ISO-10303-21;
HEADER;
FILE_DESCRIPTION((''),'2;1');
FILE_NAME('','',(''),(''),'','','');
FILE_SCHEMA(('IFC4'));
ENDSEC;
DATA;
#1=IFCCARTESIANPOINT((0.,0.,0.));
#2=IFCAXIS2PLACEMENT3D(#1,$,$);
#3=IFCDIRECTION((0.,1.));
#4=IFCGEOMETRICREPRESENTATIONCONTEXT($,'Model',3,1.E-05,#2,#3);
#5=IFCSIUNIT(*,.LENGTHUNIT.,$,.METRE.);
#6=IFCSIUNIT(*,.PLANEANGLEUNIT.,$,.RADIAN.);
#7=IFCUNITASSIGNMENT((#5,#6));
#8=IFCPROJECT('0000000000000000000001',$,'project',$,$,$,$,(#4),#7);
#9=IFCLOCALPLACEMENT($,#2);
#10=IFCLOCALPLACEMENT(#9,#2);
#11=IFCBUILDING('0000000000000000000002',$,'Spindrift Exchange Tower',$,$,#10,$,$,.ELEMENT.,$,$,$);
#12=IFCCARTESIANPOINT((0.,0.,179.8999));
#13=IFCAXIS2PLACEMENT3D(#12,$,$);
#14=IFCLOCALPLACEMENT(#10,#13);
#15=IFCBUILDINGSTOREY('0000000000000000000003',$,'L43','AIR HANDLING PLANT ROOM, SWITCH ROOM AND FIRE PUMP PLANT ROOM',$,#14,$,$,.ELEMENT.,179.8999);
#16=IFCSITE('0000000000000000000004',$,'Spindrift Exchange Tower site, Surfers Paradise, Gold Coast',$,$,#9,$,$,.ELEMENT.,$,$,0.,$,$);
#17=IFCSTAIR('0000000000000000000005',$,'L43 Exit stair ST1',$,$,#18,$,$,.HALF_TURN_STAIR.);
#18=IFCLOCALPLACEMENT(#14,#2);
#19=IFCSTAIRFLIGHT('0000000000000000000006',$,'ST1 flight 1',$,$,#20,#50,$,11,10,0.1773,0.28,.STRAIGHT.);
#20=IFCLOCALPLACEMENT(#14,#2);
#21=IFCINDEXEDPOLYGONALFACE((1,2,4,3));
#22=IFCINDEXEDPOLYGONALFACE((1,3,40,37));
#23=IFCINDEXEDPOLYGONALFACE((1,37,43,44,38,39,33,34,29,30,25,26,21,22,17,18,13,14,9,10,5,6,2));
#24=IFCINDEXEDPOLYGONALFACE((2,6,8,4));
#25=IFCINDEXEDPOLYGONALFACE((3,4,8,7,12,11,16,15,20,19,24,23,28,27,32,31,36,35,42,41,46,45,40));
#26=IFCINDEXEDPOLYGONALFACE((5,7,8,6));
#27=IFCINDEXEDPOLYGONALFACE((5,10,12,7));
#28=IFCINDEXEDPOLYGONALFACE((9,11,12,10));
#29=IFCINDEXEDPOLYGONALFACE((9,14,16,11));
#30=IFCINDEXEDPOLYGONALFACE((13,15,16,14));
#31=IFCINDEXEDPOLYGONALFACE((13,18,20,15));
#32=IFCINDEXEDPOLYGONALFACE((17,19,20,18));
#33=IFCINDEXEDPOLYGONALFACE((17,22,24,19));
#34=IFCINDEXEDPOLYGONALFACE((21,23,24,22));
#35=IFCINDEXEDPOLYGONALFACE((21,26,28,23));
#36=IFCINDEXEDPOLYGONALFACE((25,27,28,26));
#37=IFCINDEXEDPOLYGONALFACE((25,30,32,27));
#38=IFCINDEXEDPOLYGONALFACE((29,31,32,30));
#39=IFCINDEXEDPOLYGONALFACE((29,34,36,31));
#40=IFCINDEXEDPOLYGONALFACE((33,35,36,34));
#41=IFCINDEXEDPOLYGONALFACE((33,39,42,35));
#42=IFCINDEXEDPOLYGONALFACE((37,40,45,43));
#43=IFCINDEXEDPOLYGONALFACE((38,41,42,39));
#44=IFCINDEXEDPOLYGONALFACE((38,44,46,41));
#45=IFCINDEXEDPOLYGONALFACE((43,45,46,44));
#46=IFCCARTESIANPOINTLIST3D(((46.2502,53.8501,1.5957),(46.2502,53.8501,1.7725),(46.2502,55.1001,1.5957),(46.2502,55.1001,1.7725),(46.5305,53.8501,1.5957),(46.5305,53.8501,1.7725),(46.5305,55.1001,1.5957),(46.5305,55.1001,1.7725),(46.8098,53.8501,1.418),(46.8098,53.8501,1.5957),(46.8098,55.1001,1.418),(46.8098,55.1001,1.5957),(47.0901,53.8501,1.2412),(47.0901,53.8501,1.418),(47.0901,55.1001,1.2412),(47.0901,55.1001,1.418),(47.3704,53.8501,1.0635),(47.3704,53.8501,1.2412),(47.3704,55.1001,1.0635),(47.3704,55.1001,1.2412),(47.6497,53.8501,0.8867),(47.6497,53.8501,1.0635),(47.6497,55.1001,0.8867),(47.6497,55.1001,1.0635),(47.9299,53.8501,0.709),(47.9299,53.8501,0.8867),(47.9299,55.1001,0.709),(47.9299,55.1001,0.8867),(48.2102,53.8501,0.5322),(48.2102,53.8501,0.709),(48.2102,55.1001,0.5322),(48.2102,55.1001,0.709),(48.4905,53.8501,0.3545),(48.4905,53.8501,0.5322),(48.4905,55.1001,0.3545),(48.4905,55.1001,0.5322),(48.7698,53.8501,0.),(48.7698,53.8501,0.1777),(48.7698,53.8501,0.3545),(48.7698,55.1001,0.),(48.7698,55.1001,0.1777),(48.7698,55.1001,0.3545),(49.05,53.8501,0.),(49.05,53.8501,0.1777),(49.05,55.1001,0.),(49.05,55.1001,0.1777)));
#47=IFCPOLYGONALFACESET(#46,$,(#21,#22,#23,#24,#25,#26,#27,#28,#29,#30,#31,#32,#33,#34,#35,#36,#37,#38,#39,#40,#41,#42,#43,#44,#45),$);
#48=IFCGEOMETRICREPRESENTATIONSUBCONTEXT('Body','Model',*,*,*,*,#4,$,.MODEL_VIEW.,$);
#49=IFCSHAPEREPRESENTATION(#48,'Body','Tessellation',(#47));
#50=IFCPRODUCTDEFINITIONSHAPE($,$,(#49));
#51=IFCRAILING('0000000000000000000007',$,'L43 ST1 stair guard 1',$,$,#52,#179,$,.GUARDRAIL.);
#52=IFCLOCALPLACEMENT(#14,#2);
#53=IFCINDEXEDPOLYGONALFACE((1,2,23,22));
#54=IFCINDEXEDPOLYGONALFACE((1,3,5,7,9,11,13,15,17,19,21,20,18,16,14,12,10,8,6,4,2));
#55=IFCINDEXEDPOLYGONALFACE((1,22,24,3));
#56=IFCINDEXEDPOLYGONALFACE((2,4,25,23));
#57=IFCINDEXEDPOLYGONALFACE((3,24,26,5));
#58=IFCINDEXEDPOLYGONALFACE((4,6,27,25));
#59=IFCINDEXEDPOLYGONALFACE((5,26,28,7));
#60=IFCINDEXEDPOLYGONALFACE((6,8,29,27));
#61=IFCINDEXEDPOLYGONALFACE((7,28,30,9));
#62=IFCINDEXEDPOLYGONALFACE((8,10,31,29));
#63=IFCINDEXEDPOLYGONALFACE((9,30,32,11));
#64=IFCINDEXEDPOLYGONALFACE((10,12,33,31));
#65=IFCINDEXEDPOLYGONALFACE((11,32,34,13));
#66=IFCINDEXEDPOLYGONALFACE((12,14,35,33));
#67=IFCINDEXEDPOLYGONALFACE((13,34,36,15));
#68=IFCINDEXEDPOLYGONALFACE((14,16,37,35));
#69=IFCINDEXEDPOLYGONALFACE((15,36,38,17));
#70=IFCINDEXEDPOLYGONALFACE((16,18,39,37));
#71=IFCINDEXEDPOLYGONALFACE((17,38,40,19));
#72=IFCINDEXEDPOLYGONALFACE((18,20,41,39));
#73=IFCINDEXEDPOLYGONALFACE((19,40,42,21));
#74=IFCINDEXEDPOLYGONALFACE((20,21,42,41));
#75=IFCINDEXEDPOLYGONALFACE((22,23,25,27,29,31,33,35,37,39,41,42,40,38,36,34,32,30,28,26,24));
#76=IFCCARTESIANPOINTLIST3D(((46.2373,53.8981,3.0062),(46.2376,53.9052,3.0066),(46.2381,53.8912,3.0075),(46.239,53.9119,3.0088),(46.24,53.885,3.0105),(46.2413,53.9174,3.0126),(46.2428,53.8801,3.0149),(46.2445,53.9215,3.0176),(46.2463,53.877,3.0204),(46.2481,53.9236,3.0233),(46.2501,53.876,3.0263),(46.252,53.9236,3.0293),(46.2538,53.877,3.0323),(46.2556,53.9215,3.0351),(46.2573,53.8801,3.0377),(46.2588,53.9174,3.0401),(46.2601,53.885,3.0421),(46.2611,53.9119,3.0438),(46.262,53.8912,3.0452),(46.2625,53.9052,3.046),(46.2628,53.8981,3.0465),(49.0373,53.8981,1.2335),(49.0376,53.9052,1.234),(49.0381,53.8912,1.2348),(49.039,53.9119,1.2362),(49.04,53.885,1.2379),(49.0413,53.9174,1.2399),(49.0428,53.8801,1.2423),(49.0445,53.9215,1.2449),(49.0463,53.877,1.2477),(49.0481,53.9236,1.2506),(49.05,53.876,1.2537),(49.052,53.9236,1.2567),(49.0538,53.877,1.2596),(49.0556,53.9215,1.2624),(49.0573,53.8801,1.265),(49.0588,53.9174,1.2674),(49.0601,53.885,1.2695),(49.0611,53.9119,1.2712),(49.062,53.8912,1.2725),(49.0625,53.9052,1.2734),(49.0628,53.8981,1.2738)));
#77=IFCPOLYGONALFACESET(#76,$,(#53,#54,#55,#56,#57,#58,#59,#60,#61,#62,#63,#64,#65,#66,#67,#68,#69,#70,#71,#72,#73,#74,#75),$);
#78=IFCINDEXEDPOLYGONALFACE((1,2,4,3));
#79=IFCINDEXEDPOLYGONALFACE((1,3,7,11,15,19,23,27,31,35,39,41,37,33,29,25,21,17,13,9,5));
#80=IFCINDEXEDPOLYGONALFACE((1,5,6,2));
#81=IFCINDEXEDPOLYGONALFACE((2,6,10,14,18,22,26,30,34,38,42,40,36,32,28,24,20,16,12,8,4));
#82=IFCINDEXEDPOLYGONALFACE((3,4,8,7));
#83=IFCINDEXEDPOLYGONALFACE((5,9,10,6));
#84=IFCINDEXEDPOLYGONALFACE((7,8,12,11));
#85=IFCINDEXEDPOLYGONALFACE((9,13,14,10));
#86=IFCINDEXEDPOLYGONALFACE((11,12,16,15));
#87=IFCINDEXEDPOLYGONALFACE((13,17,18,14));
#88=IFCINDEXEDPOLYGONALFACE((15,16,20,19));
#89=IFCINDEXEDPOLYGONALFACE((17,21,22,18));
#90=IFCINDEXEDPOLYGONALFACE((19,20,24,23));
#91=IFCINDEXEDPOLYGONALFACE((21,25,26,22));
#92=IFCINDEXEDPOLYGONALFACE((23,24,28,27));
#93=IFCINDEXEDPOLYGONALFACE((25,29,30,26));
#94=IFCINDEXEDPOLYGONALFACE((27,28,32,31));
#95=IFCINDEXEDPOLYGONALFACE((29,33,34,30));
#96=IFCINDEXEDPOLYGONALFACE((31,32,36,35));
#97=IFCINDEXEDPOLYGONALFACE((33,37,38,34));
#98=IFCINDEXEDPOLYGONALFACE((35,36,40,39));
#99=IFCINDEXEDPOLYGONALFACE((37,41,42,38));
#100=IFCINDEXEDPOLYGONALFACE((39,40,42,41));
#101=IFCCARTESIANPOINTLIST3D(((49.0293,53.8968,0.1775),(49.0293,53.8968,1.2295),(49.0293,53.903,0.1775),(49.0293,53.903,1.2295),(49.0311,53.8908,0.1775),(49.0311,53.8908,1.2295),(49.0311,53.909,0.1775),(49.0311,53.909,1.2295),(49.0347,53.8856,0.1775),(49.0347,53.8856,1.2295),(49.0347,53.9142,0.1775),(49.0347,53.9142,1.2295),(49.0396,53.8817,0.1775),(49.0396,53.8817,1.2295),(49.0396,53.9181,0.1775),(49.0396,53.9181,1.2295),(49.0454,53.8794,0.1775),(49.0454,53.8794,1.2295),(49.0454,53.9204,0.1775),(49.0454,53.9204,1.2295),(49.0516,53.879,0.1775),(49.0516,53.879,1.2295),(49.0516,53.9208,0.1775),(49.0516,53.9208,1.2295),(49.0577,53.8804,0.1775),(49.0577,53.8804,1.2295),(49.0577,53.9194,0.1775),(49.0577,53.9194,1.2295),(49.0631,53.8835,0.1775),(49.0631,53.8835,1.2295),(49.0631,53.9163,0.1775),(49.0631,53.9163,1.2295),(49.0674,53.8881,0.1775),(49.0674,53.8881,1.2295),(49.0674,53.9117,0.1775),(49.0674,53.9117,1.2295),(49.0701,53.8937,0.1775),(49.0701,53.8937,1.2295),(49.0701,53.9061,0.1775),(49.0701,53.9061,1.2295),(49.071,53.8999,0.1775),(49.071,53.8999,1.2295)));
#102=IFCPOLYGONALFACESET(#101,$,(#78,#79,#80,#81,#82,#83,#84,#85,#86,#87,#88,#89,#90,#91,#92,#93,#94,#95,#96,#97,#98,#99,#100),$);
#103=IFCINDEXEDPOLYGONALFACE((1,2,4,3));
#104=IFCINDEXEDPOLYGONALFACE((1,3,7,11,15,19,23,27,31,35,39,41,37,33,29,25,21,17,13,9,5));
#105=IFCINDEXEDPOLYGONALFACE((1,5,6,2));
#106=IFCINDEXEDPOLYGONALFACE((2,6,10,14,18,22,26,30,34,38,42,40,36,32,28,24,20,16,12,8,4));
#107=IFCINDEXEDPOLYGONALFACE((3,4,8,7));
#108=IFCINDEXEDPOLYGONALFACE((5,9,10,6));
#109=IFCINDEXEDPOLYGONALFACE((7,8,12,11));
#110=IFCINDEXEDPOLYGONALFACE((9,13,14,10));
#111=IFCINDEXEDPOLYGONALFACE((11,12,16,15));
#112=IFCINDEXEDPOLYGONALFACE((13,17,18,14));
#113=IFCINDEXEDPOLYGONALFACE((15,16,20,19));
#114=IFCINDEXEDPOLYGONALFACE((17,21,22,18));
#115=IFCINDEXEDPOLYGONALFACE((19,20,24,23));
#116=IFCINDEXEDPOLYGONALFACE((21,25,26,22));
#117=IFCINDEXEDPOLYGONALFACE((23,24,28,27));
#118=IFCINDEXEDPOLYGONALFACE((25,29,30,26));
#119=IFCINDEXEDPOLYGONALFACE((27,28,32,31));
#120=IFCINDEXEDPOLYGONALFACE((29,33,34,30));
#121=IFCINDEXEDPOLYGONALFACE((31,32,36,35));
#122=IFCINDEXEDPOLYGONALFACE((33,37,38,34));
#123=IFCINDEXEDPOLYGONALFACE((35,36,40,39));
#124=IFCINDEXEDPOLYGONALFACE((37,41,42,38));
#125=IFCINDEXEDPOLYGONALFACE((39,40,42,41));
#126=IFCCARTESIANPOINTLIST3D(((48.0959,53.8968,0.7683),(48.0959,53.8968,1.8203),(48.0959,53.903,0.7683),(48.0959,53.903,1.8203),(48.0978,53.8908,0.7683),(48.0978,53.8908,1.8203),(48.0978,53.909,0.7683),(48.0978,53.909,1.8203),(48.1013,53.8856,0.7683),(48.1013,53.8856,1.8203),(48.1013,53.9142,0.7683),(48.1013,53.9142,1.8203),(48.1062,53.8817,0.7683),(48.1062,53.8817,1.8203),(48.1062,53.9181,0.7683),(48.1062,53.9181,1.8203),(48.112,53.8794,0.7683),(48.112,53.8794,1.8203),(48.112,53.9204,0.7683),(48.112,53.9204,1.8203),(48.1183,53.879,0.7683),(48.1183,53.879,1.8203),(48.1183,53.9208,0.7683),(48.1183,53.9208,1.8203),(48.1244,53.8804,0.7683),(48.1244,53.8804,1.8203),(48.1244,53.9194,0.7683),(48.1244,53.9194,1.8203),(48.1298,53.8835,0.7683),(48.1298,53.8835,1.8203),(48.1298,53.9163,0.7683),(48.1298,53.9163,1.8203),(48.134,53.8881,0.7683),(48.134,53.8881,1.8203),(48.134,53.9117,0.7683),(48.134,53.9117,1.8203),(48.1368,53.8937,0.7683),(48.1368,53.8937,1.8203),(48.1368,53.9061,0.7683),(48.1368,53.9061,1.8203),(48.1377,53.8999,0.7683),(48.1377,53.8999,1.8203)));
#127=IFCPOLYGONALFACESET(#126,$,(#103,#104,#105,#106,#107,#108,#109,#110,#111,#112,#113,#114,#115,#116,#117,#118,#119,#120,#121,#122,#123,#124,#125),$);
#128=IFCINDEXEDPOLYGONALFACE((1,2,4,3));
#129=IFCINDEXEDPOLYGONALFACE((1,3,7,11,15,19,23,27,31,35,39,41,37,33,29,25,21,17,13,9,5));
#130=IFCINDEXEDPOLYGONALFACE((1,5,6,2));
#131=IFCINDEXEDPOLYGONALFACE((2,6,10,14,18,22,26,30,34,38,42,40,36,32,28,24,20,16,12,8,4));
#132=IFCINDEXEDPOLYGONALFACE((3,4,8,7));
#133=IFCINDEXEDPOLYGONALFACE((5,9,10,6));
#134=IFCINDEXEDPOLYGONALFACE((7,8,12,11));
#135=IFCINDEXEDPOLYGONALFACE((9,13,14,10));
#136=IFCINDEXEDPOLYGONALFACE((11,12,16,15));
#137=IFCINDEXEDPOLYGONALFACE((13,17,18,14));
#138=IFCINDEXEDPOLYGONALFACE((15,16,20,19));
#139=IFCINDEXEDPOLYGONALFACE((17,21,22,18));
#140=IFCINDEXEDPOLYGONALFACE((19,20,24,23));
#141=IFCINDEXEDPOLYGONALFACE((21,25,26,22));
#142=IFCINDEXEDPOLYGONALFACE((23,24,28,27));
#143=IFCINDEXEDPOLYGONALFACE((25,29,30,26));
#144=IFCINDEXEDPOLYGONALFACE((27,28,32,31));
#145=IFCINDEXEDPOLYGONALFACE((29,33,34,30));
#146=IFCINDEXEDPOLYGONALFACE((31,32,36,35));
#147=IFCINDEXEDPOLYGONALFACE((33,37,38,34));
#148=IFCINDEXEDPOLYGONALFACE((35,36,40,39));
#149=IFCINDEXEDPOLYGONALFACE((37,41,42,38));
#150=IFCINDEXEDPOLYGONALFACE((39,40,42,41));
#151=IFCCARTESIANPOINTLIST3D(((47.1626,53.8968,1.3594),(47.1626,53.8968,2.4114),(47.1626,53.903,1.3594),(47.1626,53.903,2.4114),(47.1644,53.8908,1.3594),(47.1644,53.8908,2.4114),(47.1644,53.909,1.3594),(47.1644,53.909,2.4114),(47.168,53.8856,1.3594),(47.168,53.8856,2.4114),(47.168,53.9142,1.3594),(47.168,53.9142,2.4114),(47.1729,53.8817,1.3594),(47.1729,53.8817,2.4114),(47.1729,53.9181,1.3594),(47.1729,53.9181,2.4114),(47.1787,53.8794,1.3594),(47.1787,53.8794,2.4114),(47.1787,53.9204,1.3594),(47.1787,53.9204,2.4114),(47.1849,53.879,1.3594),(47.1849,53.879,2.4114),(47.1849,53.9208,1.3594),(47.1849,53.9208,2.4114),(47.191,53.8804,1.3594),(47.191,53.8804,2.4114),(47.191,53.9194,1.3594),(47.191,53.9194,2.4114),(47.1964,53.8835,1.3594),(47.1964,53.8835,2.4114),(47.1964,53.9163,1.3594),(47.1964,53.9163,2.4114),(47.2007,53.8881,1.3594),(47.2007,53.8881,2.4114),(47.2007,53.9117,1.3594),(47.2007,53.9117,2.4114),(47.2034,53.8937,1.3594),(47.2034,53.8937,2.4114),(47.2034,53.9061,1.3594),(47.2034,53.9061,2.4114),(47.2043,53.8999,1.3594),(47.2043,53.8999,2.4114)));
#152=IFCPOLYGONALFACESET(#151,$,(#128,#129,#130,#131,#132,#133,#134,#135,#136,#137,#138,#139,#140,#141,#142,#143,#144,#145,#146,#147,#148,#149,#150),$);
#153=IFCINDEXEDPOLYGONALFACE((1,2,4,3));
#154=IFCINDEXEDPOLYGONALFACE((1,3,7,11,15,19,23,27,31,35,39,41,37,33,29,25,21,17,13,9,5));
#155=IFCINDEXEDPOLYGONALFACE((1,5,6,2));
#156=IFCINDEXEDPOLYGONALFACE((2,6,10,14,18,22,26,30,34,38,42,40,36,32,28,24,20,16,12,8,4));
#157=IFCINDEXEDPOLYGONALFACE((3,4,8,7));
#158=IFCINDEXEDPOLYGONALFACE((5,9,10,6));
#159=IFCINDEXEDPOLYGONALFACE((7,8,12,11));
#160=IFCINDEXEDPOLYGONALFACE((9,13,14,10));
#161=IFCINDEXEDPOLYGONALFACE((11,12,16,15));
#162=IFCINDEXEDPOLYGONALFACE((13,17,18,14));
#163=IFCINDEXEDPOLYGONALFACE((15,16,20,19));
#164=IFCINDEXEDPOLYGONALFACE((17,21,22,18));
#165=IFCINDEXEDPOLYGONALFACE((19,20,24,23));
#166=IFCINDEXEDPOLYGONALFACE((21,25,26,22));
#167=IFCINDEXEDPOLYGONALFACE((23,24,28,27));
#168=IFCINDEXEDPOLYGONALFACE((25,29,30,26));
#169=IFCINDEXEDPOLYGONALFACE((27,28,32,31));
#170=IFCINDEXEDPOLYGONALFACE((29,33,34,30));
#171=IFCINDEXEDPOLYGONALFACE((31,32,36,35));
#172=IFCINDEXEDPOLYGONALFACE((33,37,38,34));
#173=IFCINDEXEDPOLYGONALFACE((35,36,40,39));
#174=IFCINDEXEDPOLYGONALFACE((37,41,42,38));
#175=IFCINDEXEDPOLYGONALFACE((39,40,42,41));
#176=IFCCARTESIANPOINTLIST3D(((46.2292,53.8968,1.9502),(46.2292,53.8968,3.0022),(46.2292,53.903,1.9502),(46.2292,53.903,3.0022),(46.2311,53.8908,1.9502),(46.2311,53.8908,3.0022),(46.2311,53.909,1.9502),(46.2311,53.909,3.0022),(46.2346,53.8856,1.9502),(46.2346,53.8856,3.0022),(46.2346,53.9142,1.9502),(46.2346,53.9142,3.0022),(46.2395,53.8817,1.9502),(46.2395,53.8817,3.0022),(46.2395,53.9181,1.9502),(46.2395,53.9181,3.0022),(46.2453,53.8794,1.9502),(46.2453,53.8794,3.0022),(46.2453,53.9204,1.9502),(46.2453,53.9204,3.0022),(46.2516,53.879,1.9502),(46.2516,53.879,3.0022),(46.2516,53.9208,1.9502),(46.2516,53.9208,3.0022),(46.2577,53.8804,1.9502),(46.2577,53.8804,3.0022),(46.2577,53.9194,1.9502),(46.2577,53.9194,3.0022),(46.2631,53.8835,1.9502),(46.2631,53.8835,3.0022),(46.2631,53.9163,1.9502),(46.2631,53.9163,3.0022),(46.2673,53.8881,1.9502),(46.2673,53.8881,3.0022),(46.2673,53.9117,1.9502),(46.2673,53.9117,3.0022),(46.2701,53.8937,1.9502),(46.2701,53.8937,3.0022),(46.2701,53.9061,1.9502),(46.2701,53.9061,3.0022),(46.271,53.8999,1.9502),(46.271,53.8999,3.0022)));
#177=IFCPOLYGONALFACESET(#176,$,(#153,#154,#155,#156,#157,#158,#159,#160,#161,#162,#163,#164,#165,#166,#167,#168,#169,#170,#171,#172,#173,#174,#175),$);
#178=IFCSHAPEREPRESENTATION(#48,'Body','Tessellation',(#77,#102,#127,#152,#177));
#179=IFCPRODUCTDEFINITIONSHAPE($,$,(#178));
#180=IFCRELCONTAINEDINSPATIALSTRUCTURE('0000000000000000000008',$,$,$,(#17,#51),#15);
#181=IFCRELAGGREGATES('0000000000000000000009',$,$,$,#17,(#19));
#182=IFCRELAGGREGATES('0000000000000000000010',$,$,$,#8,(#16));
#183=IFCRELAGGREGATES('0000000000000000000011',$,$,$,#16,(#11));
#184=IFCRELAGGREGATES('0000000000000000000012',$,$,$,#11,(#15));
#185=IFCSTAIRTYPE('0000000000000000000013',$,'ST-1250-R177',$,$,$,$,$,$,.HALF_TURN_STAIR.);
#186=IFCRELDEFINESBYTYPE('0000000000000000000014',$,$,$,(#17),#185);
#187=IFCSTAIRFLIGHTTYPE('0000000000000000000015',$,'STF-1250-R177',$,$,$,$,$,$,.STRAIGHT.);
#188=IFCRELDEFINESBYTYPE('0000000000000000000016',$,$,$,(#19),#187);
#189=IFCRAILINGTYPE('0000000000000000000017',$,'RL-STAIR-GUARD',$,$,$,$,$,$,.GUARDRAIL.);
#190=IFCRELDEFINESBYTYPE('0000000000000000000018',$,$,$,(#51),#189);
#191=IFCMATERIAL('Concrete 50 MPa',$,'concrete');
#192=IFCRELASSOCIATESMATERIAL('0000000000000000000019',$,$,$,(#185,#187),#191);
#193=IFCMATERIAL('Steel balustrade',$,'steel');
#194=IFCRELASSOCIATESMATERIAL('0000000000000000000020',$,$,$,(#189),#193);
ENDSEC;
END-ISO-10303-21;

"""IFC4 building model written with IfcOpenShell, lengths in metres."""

from ifc_helpers import new_model, si_unit, direction, frame, origin, origin_2d, place, context, subcontext, project, spatial, line, indexed_curve, circle, outline, extrude, material, type_object, element, aggregate, save


model = new_model("IFC4")

# Units and contexts
model_context = context("Model", 3, precision=1e-05, world=origin(), true_north=direction((0.0, 1.0)))
body_context = subcontext(model_context, "Body", "Model", "MODEL_VIEW")
ifc_project = project(units=[si_unit("LENGTHUNIT", "METRE"), si_unit("PLANEANGLEUNIT", "RADIAN")], contexts=[model_context])

# Site, building, storey
site_placement = place(None, origin())
site = spatial("IfcSite", under=ifc_project, at=site_placement, Name="Spindrift Exchange Tower site, Surfers Paradise, Gold Coast", CompositionType="ELEMENT", RefElevation=0.0)
building_placement = place(site_placement, origin())
building = spatial("IfcBuilding", under=site, at=building_placement, Name="Spindrift Exchange Tower", CompositionType="ELEMENT")
storey_placement = place(building_placement, frame((0.0, 0.0, 179.8999)))
storey = spatial("IfcBuildingStorey", under=building, at=storey_placement, Name="L43", Description="AIR HANDLING PLANT ROOM, SWITCH ROOM AND FIRE PUMP PLANT ROOM", CompositionType="ELEMENT", Elevation=179.8999)

# Stair, stair flight
ifc_material_1 = material(Name="Concrete 50 MPa", Category="concrete")
stair_type = type_object("IfcStairType", Name="ST-1250-R177", PredefinedType="HALF_TURN_STAIR", material=ifc_material_1)
stair_placement = place(storey_placement, origin())
stair = element("IfcStair", 1, at=stair_placement, inside=storey, type_object=stair_type, Name="L43 Exit stair ST1", PredefinedType="HALF_TURN_STAIR")
stair_flight_type = type_object("IfcStairFlightType", Name="STF-1250-R177", PredefinedType="STRAIGHT", material=ifc_material_1)
stair_flight_placement = place(storey_placement, frame((49.05, 54.4751, 0.0), z_axis=(0.0, 0.0, 1.0), x_axis=(-1.0, 0.0, 0.0)))
stair_flight = element("IfcStairFlight", 2, at=stair_flight_placement, type_object=stair_flight_type, Name="ST1 flight 1", NumberOfRisers=11, NumberOfTreads=10, PredefinedType="STRAIGHT", RiserHeight=0.1773, TreadLength=0.28, context=body_context, shape_type="SweptSolid", body=[
    extrude(outline(indexed_curve([(0.0, 0.0), (0.0, 0.1777), (0.2803, 0.1777), (0.2803, 0.3545), (0.5596, 0.3545), (0.5596, 0.5322), (0.8398, 0.5322), (0.8398, 0.709), (1.1201, 0.709), (1.1201, 0.8867), (1.4004, 0.8867), (1.4004, 1.0635), (1.6797, 1.0635), (1.6797, 1.2412), (1.96, 1.2412), (1.96, 1.418), (2.2402, 1.418), (2.2402, 1.5957), (2.5195, 1.5957), (2.5195, 1.7725), (2.7998, 1.7725), (2.7998, 1.9502), (2.7998, 1.5957), (0.2803, 0.0)], segments=[line(1, 2, 3, 4, 5, 6, 7, 8, 9, 10, 11, 12, 13, 14, 15, 16, 17, 18, 19, 20, 21, 22, 23, 24, 1)], self_intersect=False)), frame((0.0, 0.625, 0.0), z_axis=(0.0, -1.0, 0.0), x_axis=(1.0, 0.0, 0.0)), (0.0, 0.0, 1.0), 1.25),
])
aggregate(stair, [stair_flight])

# Railing
ifc_material_2 = material(Name="Steel balustrade", Category="steel")
railing_type_1 = type_object("IfcRailingType", Name="RL-STAIR-GUARD", PredefinedType="GUARDRAIL", material=ifc_material_2)
railing_1_placement = place(storey_placement, frame((49.05, 53.8999, 0.1775)))
element("IfcRailing", 3, at=railing_1_placement, inside=storey, type_object=railing_type_1, Name="L43 ST1 stair guard 1", PredefinedType="GUARDRAIL", context=body_context, shape_type="SweptSolid", body=[
    extrude(circle(Radius=0.0239, at=origin_2d()), frame((0.0, 0.0, 1.0762), z_axis=(-0.844909, 0.0, 0.53491), x_axis=(0.0, -1.0, 0.0)), (0.0, 0.0, 1.0), 3.314),
    extrude(circle(Radius=0.021, at=origin_2d()), origin(), (0.0, 0.0, 1.0), 1.052),
    extrude(circle(Radius=0.021, at=origin_2d()), frame((-0.9333, 0.0, 0.5908)), (0.0, 0.0, 1.0), 1.052),
    extrude(circle(Radius=0.021, at=origin_2d()), frame((-1.8667, 0.0, 1.1819)), (0.0, 0.0, 1.0), 1.052),
    extrude(circle(Radius=0.021, at=origin_2d()), frame((-2.8, 0.0, 1.7727)), (0.0, 0.0, 1.0), 1.052),
])

save(model, "model.ifc")
